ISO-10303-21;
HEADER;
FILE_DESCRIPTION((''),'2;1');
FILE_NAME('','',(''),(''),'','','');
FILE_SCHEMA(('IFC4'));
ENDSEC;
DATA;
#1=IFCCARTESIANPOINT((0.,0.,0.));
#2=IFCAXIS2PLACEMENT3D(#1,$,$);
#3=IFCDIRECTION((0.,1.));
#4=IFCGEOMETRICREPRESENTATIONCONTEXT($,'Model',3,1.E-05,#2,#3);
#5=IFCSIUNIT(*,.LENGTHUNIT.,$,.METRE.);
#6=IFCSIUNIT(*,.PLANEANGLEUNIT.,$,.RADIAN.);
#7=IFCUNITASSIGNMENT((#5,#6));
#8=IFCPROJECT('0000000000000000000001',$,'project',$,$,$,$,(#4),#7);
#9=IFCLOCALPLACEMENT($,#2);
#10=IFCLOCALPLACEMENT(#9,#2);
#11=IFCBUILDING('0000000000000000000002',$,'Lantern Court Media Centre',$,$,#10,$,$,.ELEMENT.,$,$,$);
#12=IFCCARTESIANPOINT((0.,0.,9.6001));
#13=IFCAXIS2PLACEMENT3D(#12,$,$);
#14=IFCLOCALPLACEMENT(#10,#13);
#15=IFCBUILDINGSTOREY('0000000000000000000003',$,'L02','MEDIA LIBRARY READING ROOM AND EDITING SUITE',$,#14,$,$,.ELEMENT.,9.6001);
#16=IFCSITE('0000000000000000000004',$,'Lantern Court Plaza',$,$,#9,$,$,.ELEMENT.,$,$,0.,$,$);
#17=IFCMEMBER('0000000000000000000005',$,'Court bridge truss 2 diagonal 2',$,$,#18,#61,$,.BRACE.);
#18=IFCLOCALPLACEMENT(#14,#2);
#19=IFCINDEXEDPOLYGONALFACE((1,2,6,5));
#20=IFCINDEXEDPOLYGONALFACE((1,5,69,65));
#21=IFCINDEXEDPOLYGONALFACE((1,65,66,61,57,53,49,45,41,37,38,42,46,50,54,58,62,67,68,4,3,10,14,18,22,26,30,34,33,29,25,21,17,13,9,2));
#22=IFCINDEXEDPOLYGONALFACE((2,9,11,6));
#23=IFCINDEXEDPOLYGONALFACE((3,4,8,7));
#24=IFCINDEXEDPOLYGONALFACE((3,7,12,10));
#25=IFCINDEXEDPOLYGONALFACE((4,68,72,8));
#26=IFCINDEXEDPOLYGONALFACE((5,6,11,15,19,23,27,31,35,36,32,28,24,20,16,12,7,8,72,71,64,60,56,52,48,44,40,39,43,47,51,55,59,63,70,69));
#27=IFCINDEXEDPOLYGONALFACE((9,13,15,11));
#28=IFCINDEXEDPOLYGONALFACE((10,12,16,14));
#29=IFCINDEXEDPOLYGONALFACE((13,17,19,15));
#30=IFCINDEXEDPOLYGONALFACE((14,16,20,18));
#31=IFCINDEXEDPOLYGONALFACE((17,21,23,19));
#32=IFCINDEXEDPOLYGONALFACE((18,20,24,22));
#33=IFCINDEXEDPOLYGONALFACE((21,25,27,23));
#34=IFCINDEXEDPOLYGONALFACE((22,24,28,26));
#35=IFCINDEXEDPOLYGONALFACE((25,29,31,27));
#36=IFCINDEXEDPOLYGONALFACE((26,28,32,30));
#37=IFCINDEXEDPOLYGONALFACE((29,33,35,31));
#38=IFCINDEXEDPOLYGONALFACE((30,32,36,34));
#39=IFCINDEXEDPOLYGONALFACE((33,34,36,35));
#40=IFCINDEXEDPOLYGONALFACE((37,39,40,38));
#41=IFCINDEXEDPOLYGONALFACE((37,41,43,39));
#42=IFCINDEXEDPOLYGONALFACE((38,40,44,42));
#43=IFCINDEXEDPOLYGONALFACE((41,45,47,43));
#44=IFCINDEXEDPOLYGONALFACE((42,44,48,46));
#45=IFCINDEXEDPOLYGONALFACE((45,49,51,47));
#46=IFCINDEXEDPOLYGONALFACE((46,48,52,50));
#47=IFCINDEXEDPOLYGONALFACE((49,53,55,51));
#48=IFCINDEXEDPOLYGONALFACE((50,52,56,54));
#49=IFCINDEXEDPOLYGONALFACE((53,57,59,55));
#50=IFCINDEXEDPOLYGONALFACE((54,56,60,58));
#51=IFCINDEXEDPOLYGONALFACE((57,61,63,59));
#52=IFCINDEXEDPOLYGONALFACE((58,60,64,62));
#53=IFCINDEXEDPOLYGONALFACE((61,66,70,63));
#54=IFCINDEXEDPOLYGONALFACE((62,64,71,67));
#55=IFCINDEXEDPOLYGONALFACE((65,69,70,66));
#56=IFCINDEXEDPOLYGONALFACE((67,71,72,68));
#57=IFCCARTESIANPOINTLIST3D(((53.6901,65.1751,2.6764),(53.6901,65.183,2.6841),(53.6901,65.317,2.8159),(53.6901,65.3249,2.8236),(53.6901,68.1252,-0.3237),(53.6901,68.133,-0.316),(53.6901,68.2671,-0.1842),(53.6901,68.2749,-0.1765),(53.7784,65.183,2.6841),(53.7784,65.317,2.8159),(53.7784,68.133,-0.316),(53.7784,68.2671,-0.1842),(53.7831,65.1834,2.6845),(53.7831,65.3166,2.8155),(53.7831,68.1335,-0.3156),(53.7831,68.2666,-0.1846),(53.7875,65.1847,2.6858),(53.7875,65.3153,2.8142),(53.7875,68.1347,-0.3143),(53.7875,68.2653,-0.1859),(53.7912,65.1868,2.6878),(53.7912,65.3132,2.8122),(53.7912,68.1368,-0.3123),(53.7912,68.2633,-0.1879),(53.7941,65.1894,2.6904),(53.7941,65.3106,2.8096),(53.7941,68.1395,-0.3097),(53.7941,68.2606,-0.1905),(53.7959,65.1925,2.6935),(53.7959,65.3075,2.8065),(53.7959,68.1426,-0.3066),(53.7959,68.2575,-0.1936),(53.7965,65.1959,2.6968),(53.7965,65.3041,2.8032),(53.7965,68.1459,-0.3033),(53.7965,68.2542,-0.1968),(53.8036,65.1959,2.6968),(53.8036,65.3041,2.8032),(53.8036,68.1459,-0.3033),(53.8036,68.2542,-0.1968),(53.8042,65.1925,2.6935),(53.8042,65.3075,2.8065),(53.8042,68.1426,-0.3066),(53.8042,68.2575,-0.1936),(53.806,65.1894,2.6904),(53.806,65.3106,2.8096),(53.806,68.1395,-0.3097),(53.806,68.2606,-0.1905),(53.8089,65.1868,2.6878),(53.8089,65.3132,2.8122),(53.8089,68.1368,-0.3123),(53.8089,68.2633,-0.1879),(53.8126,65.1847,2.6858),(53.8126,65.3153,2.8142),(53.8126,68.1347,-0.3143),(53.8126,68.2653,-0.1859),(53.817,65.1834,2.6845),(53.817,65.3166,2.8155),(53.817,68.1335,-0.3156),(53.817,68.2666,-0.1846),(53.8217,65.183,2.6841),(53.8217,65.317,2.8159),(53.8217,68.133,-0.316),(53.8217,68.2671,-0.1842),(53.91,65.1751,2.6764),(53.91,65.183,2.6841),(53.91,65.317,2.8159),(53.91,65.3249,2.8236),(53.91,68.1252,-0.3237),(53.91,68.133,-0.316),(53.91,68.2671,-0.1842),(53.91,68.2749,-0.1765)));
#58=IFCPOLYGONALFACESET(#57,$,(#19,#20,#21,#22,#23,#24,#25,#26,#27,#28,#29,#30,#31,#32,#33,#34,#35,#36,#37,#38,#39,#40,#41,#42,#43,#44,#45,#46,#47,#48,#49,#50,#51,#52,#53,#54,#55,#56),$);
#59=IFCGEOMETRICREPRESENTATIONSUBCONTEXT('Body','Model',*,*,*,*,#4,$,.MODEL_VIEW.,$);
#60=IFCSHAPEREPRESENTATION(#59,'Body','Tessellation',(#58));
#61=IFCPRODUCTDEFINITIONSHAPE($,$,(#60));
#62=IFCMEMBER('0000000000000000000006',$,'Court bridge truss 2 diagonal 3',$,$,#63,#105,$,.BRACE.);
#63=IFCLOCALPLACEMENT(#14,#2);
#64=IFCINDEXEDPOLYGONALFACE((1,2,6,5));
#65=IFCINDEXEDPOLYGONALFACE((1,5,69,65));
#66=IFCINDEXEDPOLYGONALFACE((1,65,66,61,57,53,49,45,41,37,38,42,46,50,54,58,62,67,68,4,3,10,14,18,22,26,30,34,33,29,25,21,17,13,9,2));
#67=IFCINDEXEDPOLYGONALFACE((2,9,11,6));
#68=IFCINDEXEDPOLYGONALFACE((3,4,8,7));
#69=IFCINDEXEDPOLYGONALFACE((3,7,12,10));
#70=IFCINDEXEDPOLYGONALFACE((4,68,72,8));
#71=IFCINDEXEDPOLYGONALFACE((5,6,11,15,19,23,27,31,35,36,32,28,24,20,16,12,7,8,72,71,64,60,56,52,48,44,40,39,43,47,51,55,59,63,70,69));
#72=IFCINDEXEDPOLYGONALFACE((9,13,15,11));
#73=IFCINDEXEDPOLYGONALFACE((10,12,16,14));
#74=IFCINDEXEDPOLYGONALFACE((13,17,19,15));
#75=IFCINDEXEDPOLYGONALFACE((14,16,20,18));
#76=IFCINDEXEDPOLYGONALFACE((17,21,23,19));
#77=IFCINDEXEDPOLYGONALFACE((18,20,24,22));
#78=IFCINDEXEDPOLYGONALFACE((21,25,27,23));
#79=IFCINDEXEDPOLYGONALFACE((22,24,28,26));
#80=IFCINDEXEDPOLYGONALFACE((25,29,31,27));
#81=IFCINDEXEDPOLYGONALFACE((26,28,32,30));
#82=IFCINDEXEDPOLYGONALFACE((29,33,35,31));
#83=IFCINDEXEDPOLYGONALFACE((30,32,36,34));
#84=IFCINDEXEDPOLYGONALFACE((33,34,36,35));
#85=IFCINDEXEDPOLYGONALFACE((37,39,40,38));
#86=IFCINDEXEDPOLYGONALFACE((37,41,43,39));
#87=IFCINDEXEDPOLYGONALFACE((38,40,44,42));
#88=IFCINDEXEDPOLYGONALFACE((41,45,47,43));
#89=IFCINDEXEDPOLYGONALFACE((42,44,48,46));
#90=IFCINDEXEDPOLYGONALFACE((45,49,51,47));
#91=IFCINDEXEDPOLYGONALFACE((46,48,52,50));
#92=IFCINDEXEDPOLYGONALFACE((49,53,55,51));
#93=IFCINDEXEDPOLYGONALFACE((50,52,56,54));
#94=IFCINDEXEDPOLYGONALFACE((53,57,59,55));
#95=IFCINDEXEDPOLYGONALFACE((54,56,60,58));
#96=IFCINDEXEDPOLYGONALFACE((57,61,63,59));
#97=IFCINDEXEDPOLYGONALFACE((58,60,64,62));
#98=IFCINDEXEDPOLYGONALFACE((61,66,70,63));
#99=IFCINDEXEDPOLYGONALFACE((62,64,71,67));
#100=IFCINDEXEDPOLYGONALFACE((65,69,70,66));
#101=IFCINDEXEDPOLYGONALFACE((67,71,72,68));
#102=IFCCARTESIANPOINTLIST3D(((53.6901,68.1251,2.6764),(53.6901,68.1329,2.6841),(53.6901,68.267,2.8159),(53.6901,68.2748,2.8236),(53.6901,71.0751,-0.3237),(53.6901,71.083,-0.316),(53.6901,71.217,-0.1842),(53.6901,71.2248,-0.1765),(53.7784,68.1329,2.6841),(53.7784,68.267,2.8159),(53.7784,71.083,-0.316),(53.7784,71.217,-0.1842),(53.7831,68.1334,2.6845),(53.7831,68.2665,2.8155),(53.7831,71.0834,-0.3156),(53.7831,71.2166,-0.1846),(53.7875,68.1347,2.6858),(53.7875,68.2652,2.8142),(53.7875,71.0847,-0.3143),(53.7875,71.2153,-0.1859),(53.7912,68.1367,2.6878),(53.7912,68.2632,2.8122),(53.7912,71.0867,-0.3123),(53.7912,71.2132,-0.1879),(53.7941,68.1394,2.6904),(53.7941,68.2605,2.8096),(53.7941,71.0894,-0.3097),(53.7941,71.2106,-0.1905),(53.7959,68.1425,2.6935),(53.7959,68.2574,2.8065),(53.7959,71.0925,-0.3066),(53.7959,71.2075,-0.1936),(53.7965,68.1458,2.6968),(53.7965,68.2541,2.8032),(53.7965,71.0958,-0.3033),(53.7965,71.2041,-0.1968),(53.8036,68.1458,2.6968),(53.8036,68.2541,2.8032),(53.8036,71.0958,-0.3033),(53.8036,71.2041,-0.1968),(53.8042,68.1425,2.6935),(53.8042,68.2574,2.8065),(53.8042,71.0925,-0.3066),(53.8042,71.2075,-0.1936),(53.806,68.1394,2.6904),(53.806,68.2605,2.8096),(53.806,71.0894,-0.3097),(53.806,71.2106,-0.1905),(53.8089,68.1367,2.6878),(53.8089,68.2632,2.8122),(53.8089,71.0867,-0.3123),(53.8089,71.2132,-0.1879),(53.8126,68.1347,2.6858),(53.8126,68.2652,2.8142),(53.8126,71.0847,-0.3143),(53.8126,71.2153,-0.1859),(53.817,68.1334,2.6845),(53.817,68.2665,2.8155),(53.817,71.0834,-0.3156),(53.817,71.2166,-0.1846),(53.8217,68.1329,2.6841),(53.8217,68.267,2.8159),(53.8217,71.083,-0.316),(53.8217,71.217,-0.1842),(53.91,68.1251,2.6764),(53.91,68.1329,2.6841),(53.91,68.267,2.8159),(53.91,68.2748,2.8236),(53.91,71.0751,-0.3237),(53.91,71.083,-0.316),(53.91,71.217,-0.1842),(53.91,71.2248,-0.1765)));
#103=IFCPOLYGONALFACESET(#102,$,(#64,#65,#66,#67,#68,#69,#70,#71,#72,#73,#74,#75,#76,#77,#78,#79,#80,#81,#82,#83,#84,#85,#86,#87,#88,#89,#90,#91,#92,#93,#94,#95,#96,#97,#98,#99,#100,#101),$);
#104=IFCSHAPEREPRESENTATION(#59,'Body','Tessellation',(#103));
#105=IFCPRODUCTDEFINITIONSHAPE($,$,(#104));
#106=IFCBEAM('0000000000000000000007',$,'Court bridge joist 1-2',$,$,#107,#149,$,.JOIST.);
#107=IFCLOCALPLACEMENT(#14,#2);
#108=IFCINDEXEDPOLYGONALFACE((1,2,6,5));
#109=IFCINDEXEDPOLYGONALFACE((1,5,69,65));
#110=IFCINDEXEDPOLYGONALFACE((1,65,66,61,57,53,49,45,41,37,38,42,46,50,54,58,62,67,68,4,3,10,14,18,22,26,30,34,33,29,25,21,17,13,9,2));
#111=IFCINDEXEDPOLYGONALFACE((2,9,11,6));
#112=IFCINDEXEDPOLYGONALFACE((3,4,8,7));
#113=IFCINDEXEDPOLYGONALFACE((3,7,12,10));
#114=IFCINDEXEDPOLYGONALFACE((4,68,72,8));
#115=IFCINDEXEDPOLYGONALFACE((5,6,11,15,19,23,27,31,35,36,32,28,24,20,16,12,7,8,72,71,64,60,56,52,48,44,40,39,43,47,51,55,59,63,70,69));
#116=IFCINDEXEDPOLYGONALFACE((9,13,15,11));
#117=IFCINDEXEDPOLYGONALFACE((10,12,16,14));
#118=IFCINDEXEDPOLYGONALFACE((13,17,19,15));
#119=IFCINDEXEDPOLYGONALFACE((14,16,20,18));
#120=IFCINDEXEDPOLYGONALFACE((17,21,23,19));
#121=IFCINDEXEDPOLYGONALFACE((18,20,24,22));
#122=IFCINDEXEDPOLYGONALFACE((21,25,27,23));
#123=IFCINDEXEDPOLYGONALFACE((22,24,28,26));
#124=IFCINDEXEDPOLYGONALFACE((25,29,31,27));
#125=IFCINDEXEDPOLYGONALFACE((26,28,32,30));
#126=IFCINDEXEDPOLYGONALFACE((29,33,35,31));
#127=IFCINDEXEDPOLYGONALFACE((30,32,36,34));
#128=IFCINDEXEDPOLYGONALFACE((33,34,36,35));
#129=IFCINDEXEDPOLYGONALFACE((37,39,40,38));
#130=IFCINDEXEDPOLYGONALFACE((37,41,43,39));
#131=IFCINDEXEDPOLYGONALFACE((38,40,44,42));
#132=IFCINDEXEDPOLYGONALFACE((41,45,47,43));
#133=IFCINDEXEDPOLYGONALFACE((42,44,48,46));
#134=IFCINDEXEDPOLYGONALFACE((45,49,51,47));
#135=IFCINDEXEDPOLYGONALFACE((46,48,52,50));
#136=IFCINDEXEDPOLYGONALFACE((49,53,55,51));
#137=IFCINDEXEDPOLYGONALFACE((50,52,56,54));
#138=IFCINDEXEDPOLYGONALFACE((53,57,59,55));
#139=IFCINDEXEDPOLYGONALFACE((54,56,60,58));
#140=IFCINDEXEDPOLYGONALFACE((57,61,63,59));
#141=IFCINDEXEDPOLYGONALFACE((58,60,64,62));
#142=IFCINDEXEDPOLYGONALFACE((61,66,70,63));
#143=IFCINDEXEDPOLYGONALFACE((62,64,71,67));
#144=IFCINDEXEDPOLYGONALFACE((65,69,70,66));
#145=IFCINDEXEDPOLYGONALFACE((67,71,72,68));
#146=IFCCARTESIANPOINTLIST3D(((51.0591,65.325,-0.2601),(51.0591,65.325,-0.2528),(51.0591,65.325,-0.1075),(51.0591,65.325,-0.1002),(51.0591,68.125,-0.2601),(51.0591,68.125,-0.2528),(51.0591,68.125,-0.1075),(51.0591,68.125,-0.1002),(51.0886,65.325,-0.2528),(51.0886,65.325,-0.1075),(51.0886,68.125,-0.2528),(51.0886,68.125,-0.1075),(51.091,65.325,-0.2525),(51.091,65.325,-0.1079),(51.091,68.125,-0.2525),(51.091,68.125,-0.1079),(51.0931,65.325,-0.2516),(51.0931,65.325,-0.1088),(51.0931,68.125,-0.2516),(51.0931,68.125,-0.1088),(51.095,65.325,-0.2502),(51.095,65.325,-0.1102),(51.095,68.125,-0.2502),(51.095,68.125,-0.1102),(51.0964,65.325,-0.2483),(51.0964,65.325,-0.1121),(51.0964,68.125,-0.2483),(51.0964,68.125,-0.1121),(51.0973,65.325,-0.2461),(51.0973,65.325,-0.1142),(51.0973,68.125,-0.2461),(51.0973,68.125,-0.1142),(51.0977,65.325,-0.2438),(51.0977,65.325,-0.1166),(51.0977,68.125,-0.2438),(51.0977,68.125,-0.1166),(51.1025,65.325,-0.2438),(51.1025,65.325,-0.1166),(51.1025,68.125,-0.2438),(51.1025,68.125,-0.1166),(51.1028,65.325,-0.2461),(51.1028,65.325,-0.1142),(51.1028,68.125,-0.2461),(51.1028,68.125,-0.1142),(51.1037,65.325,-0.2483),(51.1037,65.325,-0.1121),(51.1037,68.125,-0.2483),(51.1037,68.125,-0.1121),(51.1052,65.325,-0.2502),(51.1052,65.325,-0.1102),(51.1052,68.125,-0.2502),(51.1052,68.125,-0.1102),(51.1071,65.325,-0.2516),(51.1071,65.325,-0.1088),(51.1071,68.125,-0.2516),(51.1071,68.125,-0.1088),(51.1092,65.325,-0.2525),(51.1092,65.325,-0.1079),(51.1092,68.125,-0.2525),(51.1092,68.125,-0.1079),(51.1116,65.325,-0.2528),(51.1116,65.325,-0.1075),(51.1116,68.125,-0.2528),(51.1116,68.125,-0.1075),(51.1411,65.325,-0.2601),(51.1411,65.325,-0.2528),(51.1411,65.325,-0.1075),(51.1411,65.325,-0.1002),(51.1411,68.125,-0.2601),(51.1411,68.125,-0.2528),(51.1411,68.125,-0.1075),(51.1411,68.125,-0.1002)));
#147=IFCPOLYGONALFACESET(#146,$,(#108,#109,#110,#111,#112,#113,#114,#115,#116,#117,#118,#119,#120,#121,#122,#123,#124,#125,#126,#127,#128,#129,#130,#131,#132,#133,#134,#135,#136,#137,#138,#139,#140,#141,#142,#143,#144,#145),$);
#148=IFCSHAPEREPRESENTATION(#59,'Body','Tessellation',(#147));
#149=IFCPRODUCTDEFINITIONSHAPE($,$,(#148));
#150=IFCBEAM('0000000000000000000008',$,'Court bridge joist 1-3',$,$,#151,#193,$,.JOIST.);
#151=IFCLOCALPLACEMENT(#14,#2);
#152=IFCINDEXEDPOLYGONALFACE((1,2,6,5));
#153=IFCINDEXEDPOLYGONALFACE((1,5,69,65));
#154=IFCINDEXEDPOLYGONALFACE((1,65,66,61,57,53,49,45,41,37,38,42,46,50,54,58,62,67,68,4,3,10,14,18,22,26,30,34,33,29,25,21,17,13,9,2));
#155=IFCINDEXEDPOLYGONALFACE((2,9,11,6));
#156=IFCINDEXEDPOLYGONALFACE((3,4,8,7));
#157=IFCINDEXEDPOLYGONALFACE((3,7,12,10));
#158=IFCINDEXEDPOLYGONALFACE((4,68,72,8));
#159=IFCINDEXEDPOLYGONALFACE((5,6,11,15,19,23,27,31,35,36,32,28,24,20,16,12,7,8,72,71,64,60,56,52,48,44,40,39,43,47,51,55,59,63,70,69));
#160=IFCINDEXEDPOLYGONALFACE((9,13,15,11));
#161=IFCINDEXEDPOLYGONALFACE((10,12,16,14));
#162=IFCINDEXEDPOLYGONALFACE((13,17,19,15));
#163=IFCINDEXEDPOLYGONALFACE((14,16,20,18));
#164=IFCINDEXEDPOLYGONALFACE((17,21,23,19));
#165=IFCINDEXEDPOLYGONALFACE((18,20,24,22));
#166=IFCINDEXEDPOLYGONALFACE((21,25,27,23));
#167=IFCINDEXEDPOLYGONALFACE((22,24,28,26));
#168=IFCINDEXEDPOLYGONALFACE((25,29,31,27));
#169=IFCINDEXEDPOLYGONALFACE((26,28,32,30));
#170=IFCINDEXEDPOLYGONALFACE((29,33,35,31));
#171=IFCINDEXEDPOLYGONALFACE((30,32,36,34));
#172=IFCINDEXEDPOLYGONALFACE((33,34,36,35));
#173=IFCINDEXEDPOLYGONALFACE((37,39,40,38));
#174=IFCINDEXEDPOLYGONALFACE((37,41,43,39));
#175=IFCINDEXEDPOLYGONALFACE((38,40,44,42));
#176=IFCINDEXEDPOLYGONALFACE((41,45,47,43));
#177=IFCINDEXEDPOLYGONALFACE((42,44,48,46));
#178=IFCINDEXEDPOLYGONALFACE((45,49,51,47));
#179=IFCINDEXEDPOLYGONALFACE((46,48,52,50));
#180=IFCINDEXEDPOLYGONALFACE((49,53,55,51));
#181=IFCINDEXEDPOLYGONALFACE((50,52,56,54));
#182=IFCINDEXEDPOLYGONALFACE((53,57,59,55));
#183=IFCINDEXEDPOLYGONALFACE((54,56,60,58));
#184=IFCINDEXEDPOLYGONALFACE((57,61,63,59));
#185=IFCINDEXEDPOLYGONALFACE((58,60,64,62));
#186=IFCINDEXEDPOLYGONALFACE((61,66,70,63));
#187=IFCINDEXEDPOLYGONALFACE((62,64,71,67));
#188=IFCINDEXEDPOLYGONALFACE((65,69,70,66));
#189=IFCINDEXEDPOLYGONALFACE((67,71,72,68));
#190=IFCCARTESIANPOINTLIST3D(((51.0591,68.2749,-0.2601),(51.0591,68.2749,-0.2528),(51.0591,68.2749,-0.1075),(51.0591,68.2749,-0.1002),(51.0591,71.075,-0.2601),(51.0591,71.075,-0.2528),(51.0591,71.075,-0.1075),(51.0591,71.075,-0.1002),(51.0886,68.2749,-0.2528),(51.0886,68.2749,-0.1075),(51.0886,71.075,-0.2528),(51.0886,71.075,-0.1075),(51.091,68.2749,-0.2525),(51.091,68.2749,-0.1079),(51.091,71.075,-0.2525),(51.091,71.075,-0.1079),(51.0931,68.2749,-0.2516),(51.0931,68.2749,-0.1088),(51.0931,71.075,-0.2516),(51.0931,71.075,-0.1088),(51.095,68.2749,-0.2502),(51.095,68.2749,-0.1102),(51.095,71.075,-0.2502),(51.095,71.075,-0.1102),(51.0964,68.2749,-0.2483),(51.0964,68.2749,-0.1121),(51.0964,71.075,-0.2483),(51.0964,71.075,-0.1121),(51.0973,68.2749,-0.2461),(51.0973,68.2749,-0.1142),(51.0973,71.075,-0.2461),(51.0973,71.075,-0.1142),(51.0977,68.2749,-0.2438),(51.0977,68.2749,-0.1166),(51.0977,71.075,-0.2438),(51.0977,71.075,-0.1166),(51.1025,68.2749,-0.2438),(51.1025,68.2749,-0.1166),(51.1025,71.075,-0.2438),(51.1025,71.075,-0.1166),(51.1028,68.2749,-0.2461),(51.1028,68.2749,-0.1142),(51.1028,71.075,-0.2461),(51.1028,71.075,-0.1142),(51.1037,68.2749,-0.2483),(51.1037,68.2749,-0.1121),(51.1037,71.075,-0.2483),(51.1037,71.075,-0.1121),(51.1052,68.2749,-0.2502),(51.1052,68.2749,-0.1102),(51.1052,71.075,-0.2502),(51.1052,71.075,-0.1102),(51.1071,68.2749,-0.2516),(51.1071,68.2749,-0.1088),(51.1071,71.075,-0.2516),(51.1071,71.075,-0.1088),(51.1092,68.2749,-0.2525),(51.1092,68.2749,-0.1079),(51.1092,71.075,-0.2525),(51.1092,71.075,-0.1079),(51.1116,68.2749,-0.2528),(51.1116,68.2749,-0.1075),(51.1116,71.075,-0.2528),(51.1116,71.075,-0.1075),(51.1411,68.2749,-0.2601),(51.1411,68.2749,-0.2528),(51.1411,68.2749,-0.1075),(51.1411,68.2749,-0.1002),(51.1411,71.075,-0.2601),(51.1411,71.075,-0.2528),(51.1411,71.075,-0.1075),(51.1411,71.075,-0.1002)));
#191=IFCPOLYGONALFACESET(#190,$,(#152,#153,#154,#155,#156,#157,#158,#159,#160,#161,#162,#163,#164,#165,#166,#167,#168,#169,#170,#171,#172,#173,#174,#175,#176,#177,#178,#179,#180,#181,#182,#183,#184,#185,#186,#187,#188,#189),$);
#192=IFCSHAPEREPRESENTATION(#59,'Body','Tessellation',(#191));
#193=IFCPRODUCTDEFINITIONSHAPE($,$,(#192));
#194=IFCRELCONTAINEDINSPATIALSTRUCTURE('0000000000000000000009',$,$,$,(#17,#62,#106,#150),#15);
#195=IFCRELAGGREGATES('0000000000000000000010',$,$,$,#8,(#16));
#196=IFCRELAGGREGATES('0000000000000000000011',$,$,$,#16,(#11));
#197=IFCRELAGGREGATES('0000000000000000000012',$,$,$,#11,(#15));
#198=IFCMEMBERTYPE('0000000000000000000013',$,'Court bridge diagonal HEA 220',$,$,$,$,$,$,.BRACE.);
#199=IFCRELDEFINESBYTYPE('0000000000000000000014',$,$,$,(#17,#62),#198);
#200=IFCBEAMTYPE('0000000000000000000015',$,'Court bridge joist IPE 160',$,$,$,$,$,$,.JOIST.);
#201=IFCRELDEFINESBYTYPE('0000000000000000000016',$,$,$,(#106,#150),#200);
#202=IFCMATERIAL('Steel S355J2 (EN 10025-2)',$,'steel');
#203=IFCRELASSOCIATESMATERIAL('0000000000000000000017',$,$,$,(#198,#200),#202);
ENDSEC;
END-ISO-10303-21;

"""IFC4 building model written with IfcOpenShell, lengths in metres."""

from ifc_helpers import new_model, si_unit, direction, frame, origin, origin_2d, place, context, subcontext, project, spatial, i_section, extrude, material, material_profile, profile_set, type_object, element, save


model = new_model("IFC4")

# Units and contexts
model_context = context("Model", 3, precision=1e-05, world=origin(), true_north=direction((0.0, 1.0)))
body_context = subcontext(model_context, "Body", "Model", "MODEL_VIEW")
ifc_project = project(units=[si_unit("LENGTHUNIT", "METRE"), si_unit("PLANEANGLEUNIT", "RADIAN")], contexts=[model_context])

# Site, building, storey
site_placement = place(None, origin())
site = spatial("IfcSite", under=ifc_project, at=site_placement, Name="Lantern Court Plaza", CompositionType="ELEMENT", RefElevation=0.0)
building_placement = place(site_placement, origin())
building = spatial("IfcBuilding", under=site, at=building_placement, Name="Lantern Court Media Centre", CompositionType="ELEMENT")
storey_placement = place(building_placement, frame((0.0, 0.0, 9.6001)))
storey = spatial("IfcBuildingStorey", under=building, at=storey_placement, Name="L02", Description="MEDIA LIBRARY READING ROOM AND EDITING SUITE", CompositionType="ELEMENT", Elevation=9.6001)

# Members
ifc_material = material(Name="Steel S355J2 (EN 10025-2)", Category="steel")
ifc_material_profile_1 = material_profile(ifc_material, i_section(OverallWidth=0.22, OverallDepth=0.21, WebThickness=0.0071, FlangeThickness=0.011, FilletRadius=0.0181, at=origin_2d()), Name="HEA 220")
ifc_profile_set_1 = profile_set([ifc_material_profile_1], Name="Steel S355J2 (EN 10025-2)")
member_type_1 = type_object("IfcMemberType", Name="Court bridge diagonal HEA 220", PredefinedType="BRACE", material=ifc_profile_set_1)
for number, where, z_axis, x_axis, name in (
    (1, (53.8, 65.25, 2.75), (0.0, 0.701134, -0.713029), (-1.0, 0.0, 0.0), "Court bridge truss 2 diagonal 2"),
    (2, (53.8, 68.2, 2.75), (0.0, 0.701134, -0.713029), (-1.0, 0.0, 0.0), "Court bridge truss 2 diagonal 3"),
):
    element("IfcMember", number, at=place(storey_placement, frame(where, z_axis=z_axis, x_axis=x_axis)), inside=storey, type_object=member_type_1, Name=name, PredefinedType="BRACE", context=body_context, shape_type="SweptSolid", body=[
        extrude(i_section(OverallWidth=0.22, OverallDepth=0.21, WebThickness=0.0071, FlangeThickness=0.011, FilletRadius=0.0181, at=origin_2d()), origin(), (0.0, 0.0, 1.0), 4.2075),
    ])

# Beams
ifc_material_profile_2 = material_profile(ifc_material, i_section(OverallWidth=0.082, OverallDepth=0.1599, WebThickness=0.0049, FlangeThickness=0.0073, FilletRadius=0.009, at=origin_2d()), Name="IPE 160")
ifc_profile_set_2 = profile_set([ifc_material_profile_2], Name="Steel S355J2 (EN 10025-2)")
beam_type = type_object("IfcBeamType", Name="Court bridge joist IPE 160", PredefinedType="JOIST", material=ifc_profile_set_2)
for number, where, z_axis, x_axis, name in (
    (3, (51.1001, 65.325, -0.1802), (0.0, 1.0, 0.0), (-1.0, 0.0, 0.0), "Court bridge joist 1-2"),
    (4, (51.1001, 68.2749, -0.1802), (0.0, 1.0, 0.0), (-1.0, 0.0, 0.0), "Court bridge joist 1-3"),
):
    element("IfcBeam", number, at=place(storey_placement, frame(where, z_axis=z_axis, x_axis=x_axis)), inside=storey, type_object=beam_type, Name=name, PredefinedType="JOIST", context=body_context, shape_type="SweptSolid", body=[
        extrude(i_section(OverallWidth=0.082, OverallDepth=0.1599, WebThickness=0.0049, FlangeThickness=0.0073, FilletRadius=0.009, at=origin_2d()), origin(), (0.0, 0.0, 1.0), 2.8),
    ])

save(model, "model.ifc")
